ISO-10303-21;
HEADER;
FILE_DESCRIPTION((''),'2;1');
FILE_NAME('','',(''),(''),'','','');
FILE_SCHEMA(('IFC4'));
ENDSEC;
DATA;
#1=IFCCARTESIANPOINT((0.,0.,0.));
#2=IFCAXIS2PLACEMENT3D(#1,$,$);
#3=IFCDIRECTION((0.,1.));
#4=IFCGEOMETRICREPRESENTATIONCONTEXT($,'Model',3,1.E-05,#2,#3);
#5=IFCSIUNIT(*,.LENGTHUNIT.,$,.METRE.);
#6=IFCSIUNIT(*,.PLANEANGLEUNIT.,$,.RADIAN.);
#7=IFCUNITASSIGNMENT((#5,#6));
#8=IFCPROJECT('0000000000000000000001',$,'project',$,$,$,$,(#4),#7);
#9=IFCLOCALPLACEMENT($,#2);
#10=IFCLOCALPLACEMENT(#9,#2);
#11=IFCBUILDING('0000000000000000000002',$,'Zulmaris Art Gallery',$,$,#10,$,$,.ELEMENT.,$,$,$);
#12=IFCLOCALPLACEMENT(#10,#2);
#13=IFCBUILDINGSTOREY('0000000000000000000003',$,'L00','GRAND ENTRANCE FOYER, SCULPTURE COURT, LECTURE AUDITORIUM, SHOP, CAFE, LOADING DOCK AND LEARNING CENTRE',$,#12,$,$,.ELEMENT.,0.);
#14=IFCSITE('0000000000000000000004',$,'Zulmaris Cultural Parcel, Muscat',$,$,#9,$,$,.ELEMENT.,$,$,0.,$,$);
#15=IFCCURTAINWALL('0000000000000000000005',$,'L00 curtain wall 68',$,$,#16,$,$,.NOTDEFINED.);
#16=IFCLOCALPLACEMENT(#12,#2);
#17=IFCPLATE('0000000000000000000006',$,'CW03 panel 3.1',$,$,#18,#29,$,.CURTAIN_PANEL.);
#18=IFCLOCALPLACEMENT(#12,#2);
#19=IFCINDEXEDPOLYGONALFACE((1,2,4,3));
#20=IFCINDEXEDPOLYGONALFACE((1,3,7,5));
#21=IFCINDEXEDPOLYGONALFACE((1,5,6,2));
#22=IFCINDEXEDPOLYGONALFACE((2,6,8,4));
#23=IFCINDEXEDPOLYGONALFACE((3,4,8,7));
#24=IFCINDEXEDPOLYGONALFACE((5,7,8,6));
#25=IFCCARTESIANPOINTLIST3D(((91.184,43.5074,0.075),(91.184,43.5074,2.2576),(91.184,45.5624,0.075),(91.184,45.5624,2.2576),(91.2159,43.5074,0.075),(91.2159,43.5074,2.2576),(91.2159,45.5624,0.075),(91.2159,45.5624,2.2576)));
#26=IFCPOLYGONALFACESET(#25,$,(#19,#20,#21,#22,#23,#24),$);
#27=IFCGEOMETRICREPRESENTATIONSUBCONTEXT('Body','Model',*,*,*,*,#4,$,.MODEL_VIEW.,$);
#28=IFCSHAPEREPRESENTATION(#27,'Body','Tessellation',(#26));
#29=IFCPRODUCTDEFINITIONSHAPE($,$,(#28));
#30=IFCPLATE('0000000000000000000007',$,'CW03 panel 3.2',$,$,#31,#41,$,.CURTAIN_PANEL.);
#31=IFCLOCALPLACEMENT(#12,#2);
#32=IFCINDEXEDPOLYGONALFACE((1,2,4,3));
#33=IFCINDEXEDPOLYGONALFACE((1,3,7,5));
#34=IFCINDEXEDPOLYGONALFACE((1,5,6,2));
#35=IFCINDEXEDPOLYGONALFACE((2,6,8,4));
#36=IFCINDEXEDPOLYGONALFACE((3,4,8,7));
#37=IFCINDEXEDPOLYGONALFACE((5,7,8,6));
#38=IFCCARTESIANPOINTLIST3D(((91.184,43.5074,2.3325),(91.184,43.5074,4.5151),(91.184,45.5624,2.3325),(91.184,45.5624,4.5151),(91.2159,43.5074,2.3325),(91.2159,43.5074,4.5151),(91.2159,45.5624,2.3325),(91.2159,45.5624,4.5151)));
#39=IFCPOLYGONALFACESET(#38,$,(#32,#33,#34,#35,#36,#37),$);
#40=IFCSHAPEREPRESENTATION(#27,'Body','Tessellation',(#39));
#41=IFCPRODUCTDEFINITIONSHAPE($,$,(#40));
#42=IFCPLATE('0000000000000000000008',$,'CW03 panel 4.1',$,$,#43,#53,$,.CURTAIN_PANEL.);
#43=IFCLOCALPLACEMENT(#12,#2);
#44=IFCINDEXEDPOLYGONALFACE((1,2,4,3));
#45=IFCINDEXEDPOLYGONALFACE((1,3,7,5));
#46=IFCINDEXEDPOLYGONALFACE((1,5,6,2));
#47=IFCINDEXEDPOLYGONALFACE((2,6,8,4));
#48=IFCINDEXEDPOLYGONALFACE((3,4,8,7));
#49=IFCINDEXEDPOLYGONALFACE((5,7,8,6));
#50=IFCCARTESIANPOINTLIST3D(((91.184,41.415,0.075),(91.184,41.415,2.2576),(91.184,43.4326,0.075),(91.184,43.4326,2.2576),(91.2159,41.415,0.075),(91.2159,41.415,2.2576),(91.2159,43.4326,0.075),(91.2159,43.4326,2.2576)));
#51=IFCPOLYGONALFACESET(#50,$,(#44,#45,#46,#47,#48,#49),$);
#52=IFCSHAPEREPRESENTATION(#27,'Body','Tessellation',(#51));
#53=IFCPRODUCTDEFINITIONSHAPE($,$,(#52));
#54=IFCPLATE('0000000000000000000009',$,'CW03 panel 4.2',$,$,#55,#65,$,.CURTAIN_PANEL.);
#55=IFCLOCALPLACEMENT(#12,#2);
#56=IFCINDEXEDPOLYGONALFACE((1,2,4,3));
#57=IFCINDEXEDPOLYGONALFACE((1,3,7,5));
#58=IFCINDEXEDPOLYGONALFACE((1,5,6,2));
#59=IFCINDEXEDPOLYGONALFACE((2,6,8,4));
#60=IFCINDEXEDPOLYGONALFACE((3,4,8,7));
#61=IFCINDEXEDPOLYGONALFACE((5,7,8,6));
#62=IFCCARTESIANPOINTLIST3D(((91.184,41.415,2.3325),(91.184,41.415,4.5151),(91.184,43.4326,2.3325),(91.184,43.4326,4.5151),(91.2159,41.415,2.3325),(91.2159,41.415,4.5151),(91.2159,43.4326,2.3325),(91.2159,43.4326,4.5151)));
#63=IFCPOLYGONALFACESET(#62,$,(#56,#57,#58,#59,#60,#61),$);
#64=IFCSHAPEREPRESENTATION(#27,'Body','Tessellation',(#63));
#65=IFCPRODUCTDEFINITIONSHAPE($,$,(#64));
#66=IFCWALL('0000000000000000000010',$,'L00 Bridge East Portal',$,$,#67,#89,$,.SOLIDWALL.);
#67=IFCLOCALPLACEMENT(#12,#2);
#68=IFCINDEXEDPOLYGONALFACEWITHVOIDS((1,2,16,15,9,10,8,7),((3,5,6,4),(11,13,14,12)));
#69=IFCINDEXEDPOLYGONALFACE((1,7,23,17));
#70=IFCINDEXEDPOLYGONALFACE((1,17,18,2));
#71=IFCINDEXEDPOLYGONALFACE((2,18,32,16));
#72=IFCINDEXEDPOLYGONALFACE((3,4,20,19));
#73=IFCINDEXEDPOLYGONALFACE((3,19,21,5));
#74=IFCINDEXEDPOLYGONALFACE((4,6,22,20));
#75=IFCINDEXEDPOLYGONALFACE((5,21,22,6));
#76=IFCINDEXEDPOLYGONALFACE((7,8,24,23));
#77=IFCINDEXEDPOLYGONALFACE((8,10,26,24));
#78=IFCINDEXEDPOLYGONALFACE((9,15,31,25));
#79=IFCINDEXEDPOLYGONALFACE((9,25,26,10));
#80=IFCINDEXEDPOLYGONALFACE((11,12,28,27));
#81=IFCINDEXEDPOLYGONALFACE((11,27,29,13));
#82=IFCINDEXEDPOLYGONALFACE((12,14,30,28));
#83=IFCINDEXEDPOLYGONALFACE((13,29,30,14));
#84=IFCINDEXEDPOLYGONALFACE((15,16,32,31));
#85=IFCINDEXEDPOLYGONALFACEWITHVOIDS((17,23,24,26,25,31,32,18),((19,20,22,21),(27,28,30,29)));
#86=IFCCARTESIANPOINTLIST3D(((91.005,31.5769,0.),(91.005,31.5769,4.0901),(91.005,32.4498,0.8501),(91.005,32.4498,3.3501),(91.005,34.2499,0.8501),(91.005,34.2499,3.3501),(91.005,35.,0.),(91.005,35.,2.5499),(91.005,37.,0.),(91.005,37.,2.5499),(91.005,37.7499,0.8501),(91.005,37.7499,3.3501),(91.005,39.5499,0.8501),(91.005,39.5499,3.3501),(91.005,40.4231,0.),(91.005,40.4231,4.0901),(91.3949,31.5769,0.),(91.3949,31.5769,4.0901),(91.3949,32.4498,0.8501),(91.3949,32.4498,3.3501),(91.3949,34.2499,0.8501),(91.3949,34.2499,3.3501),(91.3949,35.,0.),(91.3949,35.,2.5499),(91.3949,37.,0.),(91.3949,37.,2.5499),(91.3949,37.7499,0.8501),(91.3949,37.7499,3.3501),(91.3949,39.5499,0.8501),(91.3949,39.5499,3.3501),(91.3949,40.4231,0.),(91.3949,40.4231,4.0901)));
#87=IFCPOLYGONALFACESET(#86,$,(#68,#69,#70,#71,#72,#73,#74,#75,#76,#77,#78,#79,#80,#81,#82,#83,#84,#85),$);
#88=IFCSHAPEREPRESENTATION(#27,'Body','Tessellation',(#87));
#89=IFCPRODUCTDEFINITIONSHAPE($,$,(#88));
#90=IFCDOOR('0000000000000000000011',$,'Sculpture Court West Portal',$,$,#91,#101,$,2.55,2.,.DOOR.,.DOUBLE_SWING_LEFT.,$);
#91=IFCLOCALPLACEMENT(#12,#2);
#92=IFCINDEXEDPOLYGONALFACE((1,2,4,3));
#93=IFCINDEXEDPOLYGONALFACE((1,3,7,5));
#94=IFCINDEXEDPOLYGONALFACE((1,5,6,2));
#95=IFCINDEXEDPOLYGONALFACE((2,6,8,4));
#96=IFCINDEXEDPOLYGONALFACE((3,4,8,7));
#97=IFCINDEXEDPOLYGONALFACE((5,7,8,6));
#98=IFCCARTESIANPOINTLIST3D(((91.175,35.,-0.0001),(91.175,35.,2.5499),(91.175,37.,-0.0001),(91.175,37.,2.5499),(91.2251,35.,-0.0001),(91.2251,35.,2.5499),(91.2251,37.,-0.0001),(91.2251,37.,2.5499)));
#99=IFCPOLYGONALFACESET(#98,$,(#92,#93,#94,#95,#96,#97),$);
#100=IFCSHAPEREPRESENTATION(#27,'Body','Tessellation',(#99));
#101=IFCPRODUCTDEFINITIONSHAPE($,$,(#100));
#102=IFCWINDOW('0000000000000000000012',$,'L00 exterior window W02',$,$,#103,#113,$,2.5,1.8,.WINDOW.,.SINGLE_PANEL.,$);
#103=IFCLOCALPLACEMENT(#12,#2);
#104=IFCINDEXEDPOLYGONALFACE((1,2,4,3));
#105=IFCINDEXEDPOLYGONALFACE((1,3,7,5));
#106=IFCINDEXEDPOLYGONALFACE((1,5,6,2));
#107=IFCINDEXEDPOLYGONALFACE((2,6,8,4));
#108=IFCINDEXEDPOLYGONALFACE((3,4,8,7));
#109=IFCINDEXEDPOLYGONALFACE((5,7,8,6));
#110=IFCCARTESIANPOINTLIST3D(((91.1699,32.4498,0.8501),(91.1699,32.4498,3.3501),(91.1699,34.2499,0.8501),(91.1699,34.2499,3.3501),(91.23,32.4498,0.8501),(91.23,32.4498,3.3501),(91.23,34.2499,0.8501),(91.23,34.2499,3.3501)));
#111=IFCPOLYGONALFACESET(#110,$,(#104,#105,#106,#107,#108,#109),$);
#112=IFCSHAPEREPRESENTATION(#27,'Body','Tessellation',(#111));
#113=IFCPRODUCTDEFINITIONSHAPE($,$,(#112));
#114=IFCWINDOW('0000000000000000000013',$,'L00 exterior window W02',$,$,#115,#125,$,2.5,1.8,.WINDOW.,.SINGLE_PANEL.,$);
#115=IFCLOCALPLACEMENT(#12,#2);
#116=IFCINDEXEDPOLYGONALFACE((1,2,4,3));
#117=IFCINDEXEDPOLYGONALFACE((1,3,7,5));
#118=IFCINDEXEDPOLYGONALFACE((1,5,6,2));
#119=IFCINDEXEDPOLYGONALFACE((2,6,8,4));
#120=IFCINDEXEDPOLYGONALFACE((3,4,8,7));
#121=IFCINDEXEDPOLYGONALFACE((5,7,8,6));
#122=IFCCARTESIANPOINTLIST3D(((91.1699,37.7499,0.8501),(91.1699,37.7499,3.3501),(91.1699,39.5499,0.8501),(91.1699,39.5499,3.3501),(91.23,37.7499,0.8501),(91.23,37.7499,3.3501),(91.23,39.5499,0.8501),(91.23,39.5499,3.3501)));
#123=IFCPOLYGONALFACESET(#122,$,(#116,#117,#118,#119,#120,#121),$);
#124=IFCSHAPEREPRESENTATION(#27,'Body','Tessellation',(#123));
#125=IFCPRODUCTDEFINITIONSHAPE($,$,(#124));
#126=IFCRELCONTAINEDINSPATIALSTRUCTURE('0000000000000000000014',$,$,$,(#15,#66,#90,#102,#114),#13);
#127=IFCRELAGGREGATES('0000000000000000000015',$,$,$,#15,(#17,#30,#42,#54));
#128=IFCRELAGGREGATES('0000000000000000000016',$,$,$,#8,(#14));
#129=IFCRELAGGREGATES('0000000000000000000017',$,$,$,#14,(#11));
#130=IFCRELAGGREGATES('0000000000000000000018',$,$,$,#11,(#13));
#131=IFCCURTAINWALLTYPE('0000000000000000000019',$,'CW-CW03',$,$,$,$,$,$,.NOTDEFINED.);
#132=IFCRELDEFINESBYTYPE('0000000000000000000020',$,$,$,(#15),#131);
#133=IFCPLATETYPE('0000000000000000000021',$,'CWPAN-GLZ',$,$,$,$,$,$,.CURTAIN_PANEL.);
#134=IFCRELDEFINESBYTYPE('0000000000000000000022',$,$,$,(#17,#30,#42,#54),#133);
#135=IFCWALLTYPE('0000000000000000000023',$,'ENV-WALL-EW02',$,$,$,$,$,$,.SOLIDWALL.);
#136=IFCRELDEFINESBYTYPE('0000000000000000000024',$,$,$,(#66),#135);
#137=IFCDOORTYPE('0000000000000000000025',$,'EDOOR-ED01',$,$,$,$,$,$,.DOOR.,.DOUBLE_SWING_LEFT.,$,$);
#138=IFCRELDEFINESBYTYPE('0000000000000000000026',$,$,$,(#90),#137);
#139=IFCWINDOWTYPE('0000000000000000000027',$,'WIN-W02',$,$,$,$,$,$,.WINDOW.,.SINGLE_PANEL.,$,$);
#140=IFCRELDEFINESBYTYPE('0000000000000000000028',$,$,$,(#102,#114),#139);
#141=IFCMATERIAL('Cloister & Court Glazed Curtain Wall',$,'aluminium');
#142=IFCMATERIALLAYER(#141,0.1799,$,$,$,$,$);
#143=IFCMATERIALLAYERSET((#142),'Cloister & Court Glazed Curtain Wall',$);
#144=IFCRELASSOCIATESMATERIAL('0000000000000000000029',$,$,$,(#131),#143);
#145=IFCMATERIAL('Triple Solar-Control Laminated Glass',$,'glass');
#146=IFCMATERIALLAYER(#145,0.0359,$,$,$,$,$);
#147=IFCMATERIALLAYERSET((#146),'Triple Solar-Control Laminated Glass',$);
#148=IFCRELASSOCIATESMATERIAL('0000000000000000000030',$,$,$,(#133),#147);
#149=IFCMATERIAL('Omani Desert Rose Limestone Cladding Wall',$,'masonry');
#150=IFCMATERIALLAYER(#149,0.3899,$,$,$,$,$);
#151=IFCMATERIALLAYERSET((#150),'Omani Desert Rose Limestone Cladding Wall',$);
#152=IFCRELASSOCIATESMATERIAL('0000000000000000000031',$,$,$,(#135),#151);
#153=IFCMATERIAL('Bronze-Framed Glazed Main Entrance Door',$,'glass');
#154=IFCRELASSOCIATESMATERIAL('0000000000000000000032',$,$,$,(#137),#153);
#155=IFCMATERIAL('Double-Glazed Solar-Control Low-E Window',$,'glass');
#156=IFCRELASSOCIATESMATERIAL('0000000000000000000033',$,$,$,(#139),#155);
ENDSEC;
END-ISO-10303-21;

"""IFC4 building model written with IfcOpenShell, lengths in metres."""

from ifc_helpers import new_model, si_unit, direction, frame, frame_2d, origin, origin_2d, place, context, subcontext, project, spatial, rectangle, extrude, material, layer, layer_set, type_object, element, fill, aggregate, save


model = new_model("IFC4")

# Units and contexts
model_context = context("Model", 3, precision=1e-05, world=origin(), true_north=direction((0.0, 1.0)))
body_context = subcontext(model_context, "Body", "Model", "MODEL_VIEW")
ifc_project = project(units=[si_unit("LENGTHUNIT", "METRE"), si_unit("PLANEANGLEUNIT", "RADIAN")], contexts=[model_context])

# Site, building, storey
site_placement = place(None, origin())
site = spatial("IfcSite", under=ifc_project, at=site_placement, Name="Zulmaris Cultural Parcel, Muscat", CompositionType="ELEMENT", RefElevation=0.0)
building_placement = place(site_placement, origin())
building = spatial("IfcBuilding", under=site, at=building_placement, Name="Zulmaris Art Gallery", CompositionType="ELEMENT")
storey_placement = place(building_placement, origin())
storey = spatial("IfcBuildingStorey", under=building, at=storey_placement, Name="L00", Description="GRAND ENTRANCE FOYER, SCULPTURE COURT, LECTURE AUDITORIUM, SHOP, CAFE, LOADING DOCK AND LEARNING CENTRE", CompositionType="ELEMENT", Elevation=0.0)

# Shared definitions
ifc_material_1 = material(Name="Cloister & Court Glazed Curtain Wall", Category="aluminium")
ifc_layer_1 = layer(ifc_material_1, 0.1799)
ifc_layer_set_1 = layer_set([ifc_layer_1], Name="Cloister & Court Glazed Curtain Wall")
curtain_wall_type = type_object("IfcCurtainWallType", Name="CW-CW03", PredefinedType="NOTDEFINED", material=ifc_layer_set_1)

# Curtain wall
curtain_wall_1_placement = place(storey_placement, origin())
curtain_wall_1 = element("IfcCurtainWall", 1, at=curtain_wall_1_placement, inside=storey, type_object=curtain_wall_type, Name="L00 curtain wall 68", PredefinedType="NOTDEFINED")

# Plates
ifc_material_2 = material(Name="Triple Solar-Control Laminated Glass", Category="glass")
ifc_layer_2 = layer(ifc_material_2, 0.0359)
ifc_layer_set_2 = layer_set([ifc_layer_2], Name="Triple Solar-Control Laminated Glass")
plate_type = type_object("IfcPlateType", Name="CWPAN-GLZ", PredefinedType="CURTAIN_PANEL", material=ifc_layer_set_2)
plate_1_placement = place(storey_placement, frame((91.2, 44.5349, 0.075), z_axis=(0.0, 0.0, 1.0), x_axis=(0.0, -1.0, 0.0)))
plate_1 = element("IfcPlate", 2, at=plate_1_placement, type_object=plate_type, Name="CW03 panel 3.1", PredefinedType="CURTAIN_PANEL", context=body_context, shape_type="SweptSolid", body=[
    extrude(rectangle(XDim=2.0549, YDim=0.032, at=origin_2d()), origin(), (0.0, 0.0, 1.0), 2.1826),
])
plate_2_placement = place(storey_placement, frame((91.2, 44.5349, 2.3325), z_axis=(0.0, 0.0, 1.0), x_axis=(0.0, -1.0, 0.0)))
plate_2 = element("IfcPlate", 3, at=plate_2_placement, type_object=plate_type, Name="CW03 panel 3.2", PredefinedType="CURTAIN_PANEL", context=body_context, shape_type="SweptSolid", body=[
    extrude(rectangle(XDim=2.0549, YDim=0.032, at=origin_2d()), origin(), (0.0, 0.0, 1.0), 2.1826),
])
plate_3_placement = place(storey_placement, frame((91.2, 42.4238, 0.075), z_axis=(0.0, 0.0, 1.0), x_axis=(0.0, -1.0, 0.0)))
plate_3 = element("IfcPlate", 4, at=plate_3_placement, type_object=plate_type, Name="CW03 panel 4.1", PredefinedType="CURTAIN_PANEL", context=body_context, shape_type="SweptSolid", body=[
    extrude(rectangle(XDim=2.0176, YDim=0.032, at=origin_2d()), origin(), (0.0, 0.0, 1.0), 2.1826),
])
plate_4_placement = place(storey_placement, frame((91.2, 42.4238, 2.3325), z_axis=(0.0, 0.0, 1.0), x_axis=(0.0, -1.0, 0.0)))
plate_4 = element("IfcPlate", 5, at=plate_4_placement, type_object=plate_type, Name="CW03 panel 4.2", PredefinedType="CURTAIN_PANEL", context=body_context, shape_type="SweptSolid", body=[
    extrude(rectangle(XDim=2.0176, YDim=0.032, at=origin_2d()), origin(), (0.0, 0.0, 1.0), 2.1826),
])
aggregate(curtain_wall_1, [plate_1, plate_2, plate_3, plate_4])

# Wall, openings, door, windows
ifc_material_3 = material(Name="Omani Desert Rose Limestone Cladding Wall", Category="masonry")
ifc_layer_3 = layer(ifc_material_3, 0.3899)
ifc_layer_set_3 = layer_set([ifc_layer_3], Name="Omani Desert Rose Limestone Cladding Wall")
wall_type = type_object("IfcWallType", Name="ENV-WALL-EW02", PredefinedType="SOLIDWALL", material=ifc_layer_set_3)
wall_placement = place(storey_placement, frame((91.2, 31.5769, 0.0), z_axis=(0.0, 0.0, 1.0), x_axis=(0.0, 1.0, 0.0)))
wall = element("IfcWall", 6, at=wall_placement, inside=storey, type_object=wall_type, Name="L00 Bridge East Portal", PredefinedType="SOLIDWALL", context=body_context, shape_type="SweptSolid", body=[
    extrude(rectangle(XDim=8.8462, YDim=0.3899, at=frame_2d((4.4231, 0.0))), origin(), (0.0, 0.0, 1.0), 4.0901),
])
opening_1_placement = place(wall_placement, frame((0.873, 0.0, 0.8501)))
opening_1 = element("IfcOpeningElement", 7, at=opening_1_placement, cuts=wall, PredefinedType="OPENING", context=body_context, shape_type="SweptSolid", body=[
    extrude(rectangle(XDim=1.8, YDim=2.5, at=frame_2d((0.8999, 1.25))), frame((0.0, 0.2048, 0.0), z_axis=(0.0, -1.0, 0.0), x_axis=(1.0, 0.0, 0.0)), (0.0, 0.0, 1.0), 0.4099),
])
opening_2_placement = place(wall_placement, frame((6.1731, 0.0, 0.8501)))
opening_2 = element("IfcOpeningElement", 8, at=opening_2_placement, cuts=wall, PredefinedType="OPENING", context=body_context, shape_type="SweptSolid", body=[
    extrude(rectangle(XDim=1.8, YDim=2.5, at=frame_2d((0.8999, 1.25))), frame((0.0, 0.2048, 0.0), z_axis=(0.0, -1.0, 0.0), x_axis=(1.0, 0.0, 0.0)), (0.0, 0.0, 1.0), 0.4099),
])
opening_3_placement = place(wall_placement, frame((3.4231, 0.0, 0.0)))
opening_3 = element("IfcOpeningElement", 9, at=opening_3_placement, cuts=wall, PredefinedType="OPENING", context=body_context, shape_type="SweptSolid", body=[
    extrude(rectangle(XDim=2.0, YDim=2.55, at=frame_2d((1.0, 1.2749))), frame((0.0, 0.2048, 0.0), z_axis=(0.0, -1.0, 0.0), x_axis=(1.0, 0.0, 0.0)), (0.0, 0.0, 1.0), 0.4099),
])
ifc_material_4 = material(Name="Bronze-Framed Glazed Main Entrance Door", Category="glass")
door_type = type_object("IfcDoorType", Name="EDOOR-ED01", OperationType="DOUBLE_SWING_LEFT", PredefinedType="DOOR", material=ifc_material_4)
door_placement = place(opening_3_placement, origin())
door = element("IfcDoor", 10, at=door_placement, inside=storey, type_object=door_type, Name="Sculpture Court West Portal", OperationType="DOUBLE_SWING_LEFT", OverallHeight=2.55, OverallWidth=2.0, PredefinedType="DOOR", context=body_context, shape_type="SweptSolid", body=[
    extrude(rectangle(XDim=2.0, YDim=2.55, at=frame_2d((1.0, 1.2749))), frame((0.0, 0.0249, 0.0), z_axis=(0.0, -1.0, 0.0), x_axis=(1.0, 0.0, 0.0)), (0.0, 0.0, 1.0), 0.05),
])
fill(opening_3, door)
ifc_material_5 = material(Name="Double-Glazed Solar-Control Low-E Window", Category="glass")
window_type = type_object("IfcWindowType", Name="WIN-W02", PartitioningType="SINGLE_PANEL", PredefinedType="WINDOW", material=ifc_material_5)
window_1_placement = place(opening_1_placement, origin())
window_1 = element("IfcWindow", 11, at=window_1_placement, inside=storey, type_object=window_type, Name="L00 exterior window W02", OverallHeight=2.5, OverallWidth=1.8, PartitioningType="SINGLE_PANEL", PredefinedType="WINDOW", context=body_context, shape_type="SweptSolid", body=[
    extrude(rectangle(XDim=1.8, YDim=2.5, at=frame_2d((0.8999, 1.25))), frame((0.0, 0.03, 0.0), z_axis=(0.0, -1.0, 0.0), x_axis=(1.0, 0.0, 0.0)), (0.0, 0.0, 1.0), 0.0601),
])
fill(opening_1, window_1)
window_2_placement = place(opening_2_placement, origin())
window_2 = element("IfcWindow", 12, at=window_2_placement, inside=storey, type_object=window_type, Name="L00 exterior window W02", OverallHeight=2.5, OverallWidth=1.8, PartitioningType="SINGLE_PANEL", PredefinedType="WINDOW", context=body_context, shape_type="SweptSolid", body=[
    extrude(rectangle(XDim=1.8, YDim=2.5, at=frame_2d((0.8999, 1.25))), frame((0.0, 0.03, 0.0), z_axis=(0.0, -1.0, 0.0), x_axis=(1.0, 0.0, 0.0)), (0.0, 0.0, 1.0), 0.0601),
])
fill(opening_2, window_2)

save(model, "model.ifc")
